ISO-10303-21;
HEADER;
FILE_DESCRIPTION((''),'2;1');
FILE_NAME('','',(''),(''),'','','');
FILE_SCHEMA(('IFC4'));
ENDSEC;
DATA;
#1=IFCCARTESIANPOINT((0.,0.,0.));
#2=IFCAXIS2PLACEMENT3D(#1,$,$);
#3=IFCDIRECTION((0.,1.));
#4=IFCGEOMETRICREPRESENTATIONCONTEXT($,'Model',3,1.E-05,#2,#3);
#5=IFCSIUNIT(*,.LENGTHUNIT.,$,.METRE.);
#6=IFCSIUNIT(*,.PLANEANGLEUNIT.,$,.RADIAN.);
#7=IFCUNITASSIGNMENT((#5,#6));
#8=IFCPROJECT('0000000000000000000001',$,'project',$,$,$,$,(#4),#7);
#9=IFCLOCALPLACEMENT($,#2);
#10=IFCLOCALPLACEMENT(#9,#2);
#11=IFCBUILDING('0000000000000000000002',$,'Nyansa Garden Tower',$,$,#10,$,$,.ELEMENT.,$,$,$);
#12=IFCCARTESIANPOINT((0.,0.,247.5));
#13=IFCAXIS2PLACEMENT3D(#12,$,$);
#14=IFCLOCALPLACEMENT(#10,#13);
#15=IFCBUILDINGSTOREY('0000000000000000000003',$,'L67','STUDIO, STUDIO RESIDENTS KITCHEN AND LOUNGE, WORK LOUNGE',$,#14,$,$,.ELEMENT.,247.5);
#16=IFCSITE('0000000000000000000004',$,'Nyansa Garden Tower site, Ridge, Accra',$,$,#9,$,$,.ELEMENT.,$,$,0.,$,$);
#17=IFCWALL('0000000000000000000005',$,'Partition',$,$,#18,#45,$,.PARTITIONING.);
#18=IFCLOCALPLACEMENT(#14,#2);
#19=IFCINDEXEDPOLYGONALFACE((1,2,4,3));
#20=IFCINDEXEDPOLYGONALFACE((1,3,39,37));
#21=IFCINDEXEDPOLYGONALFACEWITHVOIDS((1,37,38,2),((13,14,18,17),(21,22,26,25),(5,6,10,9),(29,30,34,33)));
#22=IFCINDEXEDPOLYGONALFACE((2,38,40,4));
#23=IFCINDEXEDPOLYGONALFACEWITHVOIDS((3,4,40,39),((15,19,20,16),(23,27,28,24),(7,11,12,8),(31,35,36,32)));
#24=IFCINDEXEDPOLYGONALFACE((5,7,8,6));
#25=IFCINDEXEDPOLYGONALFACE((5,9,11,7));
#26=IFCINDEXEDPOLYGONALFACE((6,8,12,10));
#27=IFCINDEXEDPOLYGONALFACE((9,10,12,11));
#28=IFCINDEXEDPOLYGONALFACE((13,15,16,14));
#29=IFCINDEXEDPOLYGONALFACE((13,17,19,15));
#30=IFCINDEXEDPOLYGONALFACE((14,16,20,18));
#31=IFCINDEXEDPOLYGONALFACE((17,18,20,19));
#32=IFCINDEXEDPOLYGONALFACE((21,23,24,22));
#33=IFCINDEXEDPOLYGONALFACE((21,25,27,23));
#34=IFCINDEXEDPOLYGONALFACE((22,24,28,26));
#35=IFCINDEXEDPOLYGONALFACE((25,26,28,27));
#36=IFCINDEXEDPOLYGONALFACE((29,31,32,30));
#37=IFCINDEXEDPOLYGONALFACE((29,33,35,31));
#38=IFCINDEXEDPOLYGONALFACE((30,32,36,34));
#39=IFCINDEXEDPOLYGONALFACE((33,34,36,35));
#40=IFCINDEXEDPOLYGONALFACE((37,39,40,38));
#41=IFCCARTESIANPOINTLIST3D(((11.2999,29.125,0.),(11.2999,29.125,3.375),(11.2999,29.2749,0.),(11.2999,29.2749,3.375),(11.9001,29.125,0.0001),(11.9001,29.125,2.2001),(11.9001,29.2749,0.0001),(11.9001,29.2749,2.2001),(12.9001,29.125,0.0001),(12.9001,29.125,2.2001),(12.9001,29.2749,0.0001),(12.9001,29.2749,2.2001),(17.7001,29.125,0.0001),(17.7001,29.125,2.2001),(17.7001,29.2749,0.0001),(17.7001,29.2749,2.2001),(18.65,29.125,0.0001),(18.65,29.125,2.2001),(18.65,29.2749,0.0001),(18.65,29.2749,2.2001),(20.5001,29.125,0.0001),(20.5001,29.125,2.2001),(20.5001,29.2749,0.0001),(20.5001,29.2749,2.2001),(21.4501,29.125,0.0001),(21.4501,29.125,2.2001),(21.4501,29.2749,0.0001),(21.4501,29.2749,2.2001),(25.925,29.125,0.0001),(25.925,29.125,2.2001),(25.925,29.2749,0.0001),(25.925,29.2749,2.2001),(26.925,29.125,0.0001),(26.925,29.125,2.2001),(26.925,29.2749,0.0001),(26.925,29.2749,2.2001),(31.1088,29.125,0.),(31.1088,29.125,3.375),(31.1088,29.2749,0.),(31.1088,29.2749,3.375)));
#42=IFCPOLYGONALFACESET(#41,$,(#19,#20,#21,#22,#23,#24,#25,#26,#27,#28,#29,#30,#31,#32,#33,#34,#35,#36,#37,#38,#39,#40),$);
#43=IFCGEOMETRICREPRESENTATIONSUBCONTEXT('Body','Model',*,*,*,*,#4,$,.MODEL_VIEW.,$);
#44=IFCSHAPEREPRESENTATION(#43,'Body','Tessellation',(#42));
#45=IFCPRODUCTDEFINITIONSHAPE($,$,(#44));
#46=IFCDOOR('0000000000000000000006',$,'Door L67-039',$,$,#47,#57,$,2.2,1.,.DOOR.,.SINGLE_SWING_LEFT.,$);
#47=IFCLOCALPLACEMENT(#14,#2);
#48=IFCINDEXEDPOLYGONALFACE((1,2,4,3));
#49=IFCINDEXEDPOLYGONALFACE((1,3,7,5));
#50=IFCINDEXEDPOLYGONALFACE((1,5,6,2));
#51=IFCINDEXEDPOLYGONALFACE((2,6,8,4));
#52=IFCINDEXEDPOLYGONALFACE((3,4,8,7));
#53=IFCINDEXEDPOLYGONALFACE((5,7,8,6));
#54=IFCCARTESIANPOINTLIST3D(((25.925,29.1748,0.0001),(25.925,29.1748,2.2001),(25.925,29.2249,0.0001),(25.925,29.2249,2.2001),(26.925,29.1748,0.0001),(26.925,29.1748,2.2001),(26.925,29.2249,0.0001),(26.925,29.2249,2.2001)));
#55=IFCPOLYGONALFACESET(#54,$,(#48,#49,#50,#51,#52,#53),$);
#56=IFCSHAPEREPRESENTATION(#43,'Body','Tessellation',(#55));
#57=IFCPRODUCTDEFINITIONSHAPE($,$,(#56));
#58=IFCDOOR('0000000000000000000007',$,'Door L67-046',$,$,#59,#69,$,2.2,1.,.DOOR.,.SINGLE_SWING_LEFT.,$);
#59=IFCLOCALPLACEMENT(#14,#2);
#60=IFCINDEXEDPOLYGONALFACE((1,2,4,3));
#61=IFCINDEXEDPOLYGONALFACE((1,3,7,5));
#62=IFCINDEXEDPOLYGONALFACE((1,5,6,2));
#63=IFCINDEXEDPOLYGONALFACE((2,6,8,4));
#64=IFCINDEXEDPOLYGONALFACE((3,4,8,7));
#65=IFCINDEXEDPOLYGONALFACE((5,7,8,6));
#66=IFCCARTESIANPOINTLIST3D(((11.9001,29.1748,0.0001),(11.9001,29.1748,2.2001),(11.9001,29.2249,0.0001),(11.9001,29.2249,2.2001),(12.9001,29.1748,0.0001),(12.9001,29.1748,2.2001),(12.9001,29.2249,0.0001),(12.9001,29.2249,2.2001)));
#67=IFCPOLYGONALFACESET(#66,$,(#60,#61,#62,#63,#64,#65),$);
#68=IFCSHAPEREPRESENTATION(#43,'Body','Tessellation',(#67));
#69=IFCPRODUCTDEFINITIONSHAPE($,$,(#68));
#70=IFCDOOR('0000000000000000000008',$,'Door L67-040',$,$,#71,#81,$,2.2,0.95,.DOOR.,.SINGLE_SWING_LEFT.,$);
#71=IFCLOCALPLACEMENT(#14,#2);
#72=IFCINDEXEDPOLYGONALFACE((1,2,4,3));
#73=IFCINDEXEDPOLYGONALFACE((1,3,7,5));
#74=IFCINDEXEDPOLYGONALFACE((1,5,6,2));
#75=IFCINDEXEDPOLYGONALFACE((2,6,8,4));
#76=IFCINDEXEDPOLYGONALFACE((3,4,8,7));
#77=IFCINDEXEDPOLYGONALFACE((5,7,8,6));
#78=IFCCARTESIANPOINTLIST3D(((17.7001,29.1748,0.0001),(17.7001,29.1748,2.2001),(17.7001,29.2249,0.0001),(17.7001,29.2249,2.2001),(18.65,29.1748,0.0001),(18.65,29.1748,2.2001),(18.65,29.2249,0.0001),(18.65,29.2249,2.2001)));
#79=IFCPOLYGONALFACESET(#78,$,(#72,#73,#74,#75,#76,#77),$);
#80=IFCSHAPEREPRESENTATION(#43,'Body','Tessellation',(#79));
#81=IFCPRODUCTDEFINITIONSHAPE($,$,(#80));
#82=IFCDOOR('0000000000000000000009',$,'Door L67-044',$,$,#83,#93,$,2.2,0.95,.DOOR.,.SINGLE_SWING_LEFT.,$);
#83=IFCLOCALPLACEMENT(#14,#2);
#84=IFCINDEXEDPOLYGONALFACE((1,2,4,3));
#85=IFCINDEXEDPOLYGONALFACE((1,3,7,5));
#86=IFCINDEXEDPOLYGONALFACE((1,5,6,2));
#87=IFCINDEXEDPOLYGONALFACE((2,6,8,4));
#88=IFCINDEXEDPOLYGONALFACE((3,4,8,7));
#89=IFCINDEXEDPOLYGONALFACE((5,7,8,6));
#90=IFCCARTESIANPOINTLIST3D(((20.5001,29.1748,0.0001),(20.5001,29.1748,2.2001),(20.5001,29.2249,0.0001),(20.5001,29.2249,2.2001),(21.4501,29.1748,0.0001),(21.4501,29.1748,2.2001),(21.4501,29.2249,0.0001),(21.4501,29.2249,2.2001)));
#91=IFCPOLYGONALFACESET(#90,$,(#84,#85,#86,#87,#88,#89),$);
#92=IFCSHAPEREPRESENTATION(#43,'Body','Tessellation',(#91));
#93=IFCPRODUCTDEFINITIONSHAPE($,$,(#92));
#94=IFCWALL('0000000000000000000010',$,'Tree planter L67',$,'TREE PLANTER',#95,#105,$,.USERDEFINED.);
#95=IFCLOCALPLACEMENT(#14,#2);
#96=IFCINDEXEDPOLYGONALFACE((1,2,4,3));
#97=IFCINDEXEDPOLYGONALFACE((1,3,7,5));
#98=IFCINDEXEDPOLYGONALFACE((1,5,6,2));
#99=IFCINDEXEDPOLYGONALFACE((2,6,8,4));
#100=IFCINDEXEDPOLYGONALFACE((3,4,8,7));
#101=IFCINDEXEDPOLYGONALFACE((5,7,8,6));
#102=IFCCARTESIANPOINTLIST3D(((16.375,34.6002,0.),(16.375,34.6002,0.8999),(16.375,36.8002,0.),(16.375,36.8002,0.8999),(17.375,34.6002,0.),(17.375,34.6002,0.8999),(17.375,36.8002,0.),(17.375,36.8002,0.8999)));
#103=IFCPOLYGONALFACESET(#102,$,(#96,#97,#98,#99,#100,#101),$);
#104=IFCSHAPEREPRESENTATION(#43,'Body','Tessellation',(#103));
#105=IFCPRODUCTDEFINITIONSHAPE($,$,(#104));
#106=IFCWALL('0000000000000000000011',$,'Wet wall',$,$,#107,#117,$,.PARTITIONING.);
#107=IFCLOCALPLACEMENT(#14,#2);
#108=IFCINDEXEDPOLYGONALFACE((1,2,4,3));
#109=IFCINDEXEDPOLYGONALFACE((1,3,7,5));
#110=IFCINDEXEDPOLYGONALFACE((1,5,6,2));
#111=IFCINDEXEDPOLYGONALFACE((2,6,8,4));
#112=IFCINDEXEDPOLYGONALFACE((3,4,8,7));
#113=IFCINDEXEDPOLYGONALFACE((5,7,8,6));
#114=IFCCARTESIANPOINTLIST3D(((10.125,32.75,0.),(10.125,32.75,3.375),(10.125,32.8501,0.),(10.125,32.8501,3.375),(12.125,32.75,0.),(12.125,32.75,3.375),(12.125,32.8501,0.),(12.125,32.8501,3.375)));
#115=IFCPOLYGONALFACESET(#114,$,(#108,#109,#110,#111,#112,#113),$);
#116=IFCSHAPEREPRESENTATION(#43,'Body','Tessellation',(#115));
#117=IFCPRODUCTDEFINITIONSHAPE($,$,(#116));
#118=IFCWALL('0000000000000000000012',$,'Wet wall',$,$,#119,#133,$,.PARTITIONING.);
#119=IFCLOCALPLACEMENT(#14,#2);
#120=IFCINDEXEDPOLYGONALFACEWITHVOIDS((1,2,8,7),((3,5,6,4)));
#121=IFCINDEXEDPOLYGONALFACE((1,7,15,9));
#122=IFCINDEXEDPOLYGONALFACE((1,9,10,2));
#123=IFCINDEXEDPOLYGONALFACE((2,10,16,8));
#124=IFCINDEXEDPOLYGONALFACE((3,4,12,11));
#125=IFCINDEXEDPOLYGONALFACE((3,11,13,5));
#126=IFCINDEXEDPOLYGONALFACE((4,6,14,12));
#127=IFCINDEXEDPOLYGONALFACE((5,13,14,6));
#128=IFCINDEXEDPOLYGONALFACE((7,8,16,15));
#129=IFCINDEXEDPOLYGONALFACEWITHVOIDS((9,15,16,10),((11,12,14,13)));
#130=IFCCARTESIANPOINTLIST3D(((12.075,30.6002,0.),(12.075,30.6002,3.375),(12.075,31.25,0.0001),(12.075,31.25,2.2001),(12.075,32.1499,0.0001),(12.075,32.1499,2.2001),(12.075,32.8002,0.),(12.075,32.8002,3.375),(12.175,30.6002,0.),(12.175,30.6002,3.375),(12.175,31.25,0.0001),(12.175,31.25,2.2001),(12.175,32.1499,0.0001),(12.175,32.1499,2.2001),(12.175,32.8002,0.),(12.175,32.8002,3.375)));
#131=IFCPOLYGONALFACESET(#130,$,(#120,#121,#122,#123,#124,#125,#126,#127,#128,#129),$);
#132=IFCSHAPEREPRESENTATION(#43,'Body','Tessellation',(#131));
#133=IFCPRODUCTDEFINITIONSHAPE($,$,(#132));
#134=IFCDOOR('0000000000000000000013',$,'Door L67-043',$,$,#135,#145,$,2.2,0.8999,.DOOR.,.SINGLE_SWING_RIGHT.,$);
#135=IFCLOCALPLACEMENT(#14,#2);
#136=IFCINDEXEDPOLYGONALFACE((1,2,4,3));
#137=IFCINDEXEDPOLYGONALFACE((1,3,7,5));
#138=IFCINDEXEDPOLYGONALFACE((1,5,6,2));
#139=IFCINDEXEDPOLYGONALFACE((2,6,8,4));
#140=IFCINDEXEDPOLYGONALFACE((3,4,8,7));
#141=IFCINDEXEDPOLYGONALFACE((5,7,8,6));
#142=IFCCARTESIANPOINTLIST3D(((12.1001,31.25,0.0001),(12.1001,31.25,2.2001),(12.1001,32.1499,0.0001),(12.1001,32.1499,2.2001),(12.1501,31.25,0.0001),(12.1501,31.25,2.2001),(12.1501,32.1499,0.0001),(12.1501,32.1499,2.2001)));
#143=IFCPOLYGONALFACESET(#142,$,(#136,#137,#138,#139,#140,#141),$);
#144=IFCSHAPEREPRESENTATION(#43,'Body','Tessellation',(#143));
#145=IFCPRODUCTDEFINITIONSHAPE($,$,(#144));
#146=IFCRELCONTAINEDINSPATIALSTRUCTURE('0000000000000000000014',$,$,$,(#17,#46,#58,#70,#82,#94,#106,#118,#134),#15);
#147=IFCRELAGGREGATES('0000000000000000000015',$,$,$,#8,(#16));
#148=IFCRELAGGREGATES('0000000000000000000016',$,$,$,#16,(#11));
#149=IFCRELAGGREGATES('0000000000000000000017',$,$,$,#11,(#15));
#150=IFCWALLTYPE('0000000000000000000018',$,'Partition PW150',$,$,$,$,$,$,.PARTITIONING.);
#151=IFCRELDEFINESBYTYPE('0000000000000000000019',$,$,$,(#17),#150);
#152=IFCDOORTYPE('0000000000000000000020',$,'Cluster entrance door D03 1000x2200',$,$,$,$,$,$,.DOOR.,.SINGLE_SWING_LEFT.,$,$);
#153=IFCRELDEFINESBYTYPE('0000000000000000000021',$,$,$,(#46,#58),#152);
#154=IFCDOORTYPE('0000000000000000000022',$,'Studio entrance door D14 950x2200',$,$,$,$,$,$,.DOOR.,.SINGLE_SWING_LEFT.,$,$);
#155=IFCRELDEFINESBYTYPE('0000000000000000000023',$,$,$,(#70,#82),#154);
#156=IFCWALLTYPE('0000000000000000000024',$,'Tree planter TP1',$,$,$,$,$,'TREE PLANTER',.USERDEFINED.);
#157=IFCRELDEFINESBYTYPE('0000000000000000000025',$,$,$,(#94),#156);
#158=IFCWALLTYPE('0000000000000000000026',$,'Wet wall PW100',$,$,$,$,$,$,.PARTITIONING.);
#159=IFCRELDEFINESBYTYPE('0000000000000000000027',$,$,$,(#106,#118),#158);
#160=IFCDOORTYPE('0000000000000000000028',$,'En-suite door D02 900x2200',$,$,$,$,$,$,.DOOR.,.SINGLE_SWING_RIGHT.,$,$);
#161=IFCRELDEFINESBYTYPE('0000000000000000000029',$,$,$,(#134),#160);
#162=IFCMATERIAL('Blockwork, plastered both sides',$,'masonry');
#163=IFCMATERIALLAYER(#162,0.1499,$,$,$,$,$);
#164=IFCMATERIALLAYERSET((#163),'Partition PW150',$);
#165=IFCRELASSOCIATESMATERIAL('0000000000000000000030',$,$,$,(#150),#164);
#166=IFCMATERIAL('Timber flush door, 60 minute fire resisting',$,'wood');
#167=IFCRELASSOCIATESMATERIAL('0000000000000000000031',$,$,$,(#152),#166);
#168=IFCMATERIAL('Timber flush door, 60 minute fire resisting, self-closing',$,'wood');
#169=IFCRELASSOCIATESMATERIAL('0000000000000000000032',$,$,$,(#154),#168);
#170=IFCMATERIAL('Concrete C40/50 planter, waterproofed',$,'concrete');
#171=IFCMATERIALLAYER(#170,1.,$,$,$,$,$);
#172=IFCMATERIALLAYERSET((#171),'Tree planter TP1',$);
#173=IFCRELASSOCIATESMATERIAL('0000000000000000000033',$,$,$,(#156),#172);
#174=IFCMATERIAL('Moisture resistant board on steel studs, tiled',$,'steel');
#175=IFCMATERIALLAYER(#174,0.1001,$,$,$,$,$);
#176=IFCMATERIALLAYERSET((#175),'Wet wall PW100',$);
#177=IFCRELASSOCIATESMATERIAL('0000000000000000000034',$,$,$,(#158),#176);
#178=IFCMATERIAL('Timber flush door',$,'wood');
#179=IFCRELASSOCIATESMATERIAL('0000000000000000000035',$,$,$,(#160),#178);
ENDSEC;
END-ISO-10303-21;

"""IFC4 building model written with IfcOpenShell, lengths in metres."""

from ifc_helpers import new_model, si_unit, direction, frame, frame_2d, origin, place, context, subcontext, project, spatial, rectangle, extrude, material, layer, layer_set, type_object, element, fill, save


model = new_model("IFC4")

# Units and contexts
model_context = context("Model", 3, precision=1e-05, world=origin(), true_north=direction((0.0, 1.0)))
body_context = subcontext(model_context, "Body", "Model", "MODEL_VIEW")
ifc_project = project(units=[si_unit("LENGTHUNIT", "METRE"), si_unit("PLANEANGLEUNIT", "RADIAN")], contexts=[model_context])

# Site, building, storey
site_placement = place(None, origin())
site = spatial("IfcSite", under=ifc_project, at=site_placement, Name="Nyansa Garden Tower site, Ridge, Accra", CompositionType="ELEMENT", RefElevation=0.0)
building_placement = place(site_placement, origin())
building = spatial("IfcBuilding", under=site, at=building_placement, Name="Nyansa Garden Tower", CompositionType="ELEMENT")
storey_placement = place(building_placement, frame((0.0, 0.0, 247.5)))
storey = spatial("IfcBuildingStorey", under=building, at=storey_placement, Name="L67", Description="STUDIO, STUDIO RESIDENTS KITCHEN AND LOUNGE, WORK LOUNGE", CompositionType="ELEMENT", Elevation=247.5)

# Wall, openings, doors
ifc_material_1 = material(Name="Blockwork, plastered both sides", Category="masonry")
ifc_layer_1 = layer(ifc_material_1, 0.1499)
ifc_layer_set_1 = layer_set([ifc_layer_1], Name="Partition PW150")
wall_type_1 = type_object("IfcWallType", Name="Partition PW150", PredefinedType="PARTITIONING", material=ifc_layer_set_1)
wall_1_placement = place(storey_placement, frame((11.3, 29.2, 0.0), z_axis=(0.0, 0.0, 1.0), x_axis=(1.0, 0.0, 0.0)))
wall_1 = element("IfcWall", 1, at=wall_1_placement, inside=storey, type_object=wall_type_1, Name="Partition", PredefinedType="PARTITIONING", context=body_context, shape_type="SweptSolid", body=[
    extrude(rectangle(XDim=19.8088, YDim=0.1499, at=frame_2d((9.9043, 0.0))), origin(), (0.0, 0.0, 1.0), 3.375),
])
opening_1_placement = place(wall_1_placement, frame((14.625, 0.0, 0.0)))
opening_1 = element("IfcOpeningElement", 2, at=opening_1_placement, cuts=wall_1, PredefinedType="OPENING", context=body_context, shape_type="SweptSolid", body=[
    extrude(rectangle(XDim=1.0, YDim=2.2, at=frame_2d((0.5, 1.1001))), frame((0.0, 0.085, 0.0), z_axis=(0.0, -1.0, 0.0), x_axis=(1.0, 0.0, 0.0)), (0.0, 0.0, 1.0), 0.1699),
])
opening_2_placement = place(wall_1_placement, frame((6.3999, 0.0, 0.0)))
opening_2 = element("IfcOpeningElement", 3, at=opening_2_placement, cuts=wall_1, PredefinedType="OPENING", context=body_context, shape_type="SweptSolid", body=[
    extrude(rectangle(XDim=0.95, YDim=2.2, at=frame_2d((0.4751, 1.1001))), frame((0.0, 0.085, 0.0), z_axis=(0.0, -1.0, 0.0), x_axis=(1.0, 0.0, 0.0)), (0.0, 0.0, 1.0), 0.1699),
])
opening_3_placement = place(wall_1_placement, frame((9.2, 0.0, 0.0)))
opening_3 = element("IfcOpeningElement", 4, at=opening_3_placement, cuts=wall_1, PredefinedType="OPENING", context=body_context, shape_type="SweptSolid", body=[
    extrude(rectangle(XDim=0.95, YDim=2.2, at=frame_2d((0.4751, 1.1001))), frame((0.0, 0.085, 0.0), z_axis=(0.0, -1.0, 0.0), x_axis=(1.0, 0.0, 0.0)), (0.0, 0.0, 1.0), 0.1699),
])
opening_4_placement = place(wall_1_placement, frame((0.6001, 0.0, 0.0)))
opening_4 = element("IfcOpeningElement", 5, at=opening_4_placement, cuts=wall_1, PredefinedType="OPENING", context=body_context, shape_type="SweptSolid", body=[
    extrude(rectangle(XDim=1.0, YDim=2.2, at=frame_2d((0.5, 1.1001))), frame((0.0, 0.085, 0.0), z_axis=(0.0, -1.0, 0.0), x_axis=(1.0, 0.0, 0.0)), (0.0, 0.0, 1.0), 0.1699),
])
ifc_material_2 = material(Name="Timber flush door, 60 minute fire resisting", Category="wood")
door_type_1 = type_object("IfcDoorType", Name="Cluster entrance door D03 1000x2200", OperationType="SINGLE_SWING_LEFT", PredefinedType="DOOR", material=ifc_material_2)
door_1_placement = place(opening_1_placement, origin())
door_1 = element("IfcDoor", 6, at=door_1_placement, inside=storey, type_object=door_type_1, Name="Door L67-039", OperationType="SINGLE_SWING_LEFT", OverallHeight=2.2, OverallWidth=1.0, PredefinedType="DOOR", context=body_context, shape_type="SweptSolid", body=[
    extrude(rectangle(XDim=1.0, YDim=2.2, at=frame_2d((0.5, 1.1001))), frame((0.0, 0.0249, 0.0), z_axis=(0.0, -1.0, 0.0), x_axis=(1.0, 0.0, 0.0)), (0.0, 0.0, 1.0), 0.05),
])
fill(opening_1, door_1)
door_2_placement = place(opening_4_placement, origin())
door_2 = element("IfcDoor", 7, at=door_2_placement, inside=storey, type_object=door_type_1, Name="Door L67-046", OperationType="SINGLE_SWING_LEFT", OverallHeight=2.2, OverallWidth=1.0, PredefinedType="DOOR", context=body_context, shape_type="SweptSolid", body=[
    extrude(rectangle(XDim=1.0, YDim=2.2, at=frame_2d((0.5, 1.1001))), frame((0.0, 0.0249, 0.0), z_axis=(0.0, -1.0, 0.0), x_axis=(1.0, 0.0, 0.0)), (0.0, 0.0, 1.0), 0.05),
])
fill(opening_4, door_2)
ifc_material_3 = material(Name="Timber flush door, 60 minute fire resisting, self-closing", Category="wood")
door_type_2 = type_object("IfcDoorType", Name="Studio entrance door D14 950x2200", OperationType="SINGLE_SWING_LEFT", PredefinedType="DOOR", material=ifc_material_3)
door_3_placement = place(opening_2_placement, origin())
door_3 = element("IfcDoor", 8, at=door_3_placement, inside=storey, type_object=door_type_2, Name="Door L67-040", OperationType="SINGLE_SWING_LEFT", OverallHeight=2.2, OverallWidth=0.95, PredefinedType="DOOR", context=body_context, shape_type="SweptSolid", body=[
    extrude(rectangle(XDim=0.95, YDim=2.2, at=frame_2d((0.4751, 1.1001))), frame((0.0, 0.0249, 0.0), z_axis=(0.0, -1.0, 0.0), x_axis=(1.0, 0.0, 0.0)), (0.0, 0.0, 1.0), 0.05),
])
fill(opening_2, door_3)
door_4_placement = place(opening_3_placement, origin())
door_4 = element("IfcDoor", 9, at=door_4_placement, inside=storey, type_object=door_type_2, Name="Door L67-044", OperationType="SINGLE_SWING_LEFT", OverallHeight=2.2, OverallWidth=0.95, PredefinedType="DOOR", context=body_context, shape_type="SweptSolid", body=[
    extrude(rectangle(XDim=0.95, YDim=2.2, at=frame_2d((0.4751, 1.1001))), frame((0.0, 0.0249, 0.0), z_axis=(0.0, -1.0, 0.0), x_axis=(1.0, 0.0, 0.0)), (0.0, 0.0, 1.0), 0.05),
])
fill(opening_3, door_4)

# Walls
ifc_material_4 = material(Name="Concrete C40/50 planter, waterproofed", Category="concrete")
ifc_layer_2 = layer(ifc_material_4, 1.0)
ifc_layer_set_2 = layer_set([ifc_layer_2], Name="Tree planter TP1")
wall_type_2 = type_object("IfcWallType", Name="Tree planter TP1", ElementType="TREE PLANTER", PredefinedType="USERDEFINED", material=ifc_layer_set_2)
wall_2_placement = place(storey_placement, frame((16.875, 34.6001, 0.0), z_axis=(0.0, 0.0, 1.0), x_axis=(0.0, 1.0, 0.0)))
element("IfcWall", 10, at=wall_2_placement, inside=storey, type_object=wall_type_2, Name="Tree planter L67", ObjectType="TREE PLANTER", PredefinedType="USERDEFINED", context=body_context, shape_type="SweptSolid", body=[
    extrude(rectangle(XDim=2.2, YDim=1.0, at=frame_2d((1.1001, 0.0))), origin(), (0.0, 0.0, 1.0), 0.8999),
])
ifc_material_5 = material(Name="Moisture resistant board on steel studs, tiled", Category="steel")
ifc_layer_3 = layer(ifc_material_5, 0.1001)
ifc_layer_set_3 = layer_set([ifc_layer_3], Name="Wet wall PW100")
wall_type_3 = type_object("IfcWallType", Name="Wet wall PW100", PredefinedType="PARTITIONING", material=ifc_layer_set_3)
wall_3_placement = place(storey_placement, frame((10.125, 32.8, 0.0), z_axis=(0.0, 0.0, 1.0), x_axis=(1.0, 0.0, 0.0)))
element("IfcWall", 11, at=wall_3_placement, inside=storey, type_object=wall_type_3, Name="Wet wall", PredefinedType="PARTITIONING", context=body_context, shape_type="SweptSolid", body=[
    extrude(rectangle(XDim=2.0, YDim=0.1001, at=frame_2d((1.0, 0.0))), origin(), (0.0, 0.0, 1.0), 3.375),
])

# Wall, opening, door
wall_4_placement = place(storey_placement, frame((12.125, 30.6001, 0.0), z_axis=(0.0, 0.0, 1.0), x_axis=(0.0, 1.0, 0.0)))
wall_4 = element("IfcWall", 12, at=wall_4_placement, inside=storey, type_object=wall_type_3, Name="Wet wall", PredefinedType="PARTITIONING", context=body_context, shape_type="SweptSolid", body=[
    extrude(rectangle(XDim=2.2, YDim=0.1001, at=frame_2d((1.1001, 0.0))), origin(), (0.0, 0.0, 1.0), 3.375),
])
opening_5_placement = place(wall_4_placement, frame((0.6499, 0.0, 0.0)))
opening_5 = element("IfcOpeningElement", 13, at=opening_5_placement, cuts=wall_4, PredefinedType="OPENING", context=body_context, shape_type="SweptSolid", body=[
    extrude(rectangle(XDim=0.8999, YDim=2.2, at=frame_2d((0.45, 1.1001))), frame((0.0, 0.0601, 0.0), z_axis=(0.0, -1.0, 0.0), x_axis=(1.0, 0.0, 0.0)), (0.0, 0.0, 1.0), 0.1201),
])
ifc_material_6 = material(Name="Timber flush door", Category="wood")
door_type_3 = type_object("IfcDoorType", Name="En-suite door D02 900x2200", OperationType="SINGLE_SWING_RIGHT", PredefinedType="DOOR", material=ifc_material_6)
door_5_placement = place(opening_5_placement, origin())
door_5 = element("IfcDoor", 14, at=door_5_placement, inside=storey, type_object=door_type_3, Name="Door L67-043", OperationType="SINGLE_SWING_RIGHT", OverallHeight=2.2, OverallWidth=0.8999, PredefinedType="DOOR", context=body_context, shape_type="SweptSolid", body=[
    extrude(rectangle(XDim=0.8999, YDim=2.2, at=frame_2d((0.45, 1.1001))), frame((0.0, 0.0249, 0.0), z_axis=(0.0, -1.0, 0.0), x_axis=(1.0, 0.0, 0.0)), (0.0, 0.0, 1.0), 0.05),
])
fill(opening_5, door_5)

save(model, "model.ifc")
